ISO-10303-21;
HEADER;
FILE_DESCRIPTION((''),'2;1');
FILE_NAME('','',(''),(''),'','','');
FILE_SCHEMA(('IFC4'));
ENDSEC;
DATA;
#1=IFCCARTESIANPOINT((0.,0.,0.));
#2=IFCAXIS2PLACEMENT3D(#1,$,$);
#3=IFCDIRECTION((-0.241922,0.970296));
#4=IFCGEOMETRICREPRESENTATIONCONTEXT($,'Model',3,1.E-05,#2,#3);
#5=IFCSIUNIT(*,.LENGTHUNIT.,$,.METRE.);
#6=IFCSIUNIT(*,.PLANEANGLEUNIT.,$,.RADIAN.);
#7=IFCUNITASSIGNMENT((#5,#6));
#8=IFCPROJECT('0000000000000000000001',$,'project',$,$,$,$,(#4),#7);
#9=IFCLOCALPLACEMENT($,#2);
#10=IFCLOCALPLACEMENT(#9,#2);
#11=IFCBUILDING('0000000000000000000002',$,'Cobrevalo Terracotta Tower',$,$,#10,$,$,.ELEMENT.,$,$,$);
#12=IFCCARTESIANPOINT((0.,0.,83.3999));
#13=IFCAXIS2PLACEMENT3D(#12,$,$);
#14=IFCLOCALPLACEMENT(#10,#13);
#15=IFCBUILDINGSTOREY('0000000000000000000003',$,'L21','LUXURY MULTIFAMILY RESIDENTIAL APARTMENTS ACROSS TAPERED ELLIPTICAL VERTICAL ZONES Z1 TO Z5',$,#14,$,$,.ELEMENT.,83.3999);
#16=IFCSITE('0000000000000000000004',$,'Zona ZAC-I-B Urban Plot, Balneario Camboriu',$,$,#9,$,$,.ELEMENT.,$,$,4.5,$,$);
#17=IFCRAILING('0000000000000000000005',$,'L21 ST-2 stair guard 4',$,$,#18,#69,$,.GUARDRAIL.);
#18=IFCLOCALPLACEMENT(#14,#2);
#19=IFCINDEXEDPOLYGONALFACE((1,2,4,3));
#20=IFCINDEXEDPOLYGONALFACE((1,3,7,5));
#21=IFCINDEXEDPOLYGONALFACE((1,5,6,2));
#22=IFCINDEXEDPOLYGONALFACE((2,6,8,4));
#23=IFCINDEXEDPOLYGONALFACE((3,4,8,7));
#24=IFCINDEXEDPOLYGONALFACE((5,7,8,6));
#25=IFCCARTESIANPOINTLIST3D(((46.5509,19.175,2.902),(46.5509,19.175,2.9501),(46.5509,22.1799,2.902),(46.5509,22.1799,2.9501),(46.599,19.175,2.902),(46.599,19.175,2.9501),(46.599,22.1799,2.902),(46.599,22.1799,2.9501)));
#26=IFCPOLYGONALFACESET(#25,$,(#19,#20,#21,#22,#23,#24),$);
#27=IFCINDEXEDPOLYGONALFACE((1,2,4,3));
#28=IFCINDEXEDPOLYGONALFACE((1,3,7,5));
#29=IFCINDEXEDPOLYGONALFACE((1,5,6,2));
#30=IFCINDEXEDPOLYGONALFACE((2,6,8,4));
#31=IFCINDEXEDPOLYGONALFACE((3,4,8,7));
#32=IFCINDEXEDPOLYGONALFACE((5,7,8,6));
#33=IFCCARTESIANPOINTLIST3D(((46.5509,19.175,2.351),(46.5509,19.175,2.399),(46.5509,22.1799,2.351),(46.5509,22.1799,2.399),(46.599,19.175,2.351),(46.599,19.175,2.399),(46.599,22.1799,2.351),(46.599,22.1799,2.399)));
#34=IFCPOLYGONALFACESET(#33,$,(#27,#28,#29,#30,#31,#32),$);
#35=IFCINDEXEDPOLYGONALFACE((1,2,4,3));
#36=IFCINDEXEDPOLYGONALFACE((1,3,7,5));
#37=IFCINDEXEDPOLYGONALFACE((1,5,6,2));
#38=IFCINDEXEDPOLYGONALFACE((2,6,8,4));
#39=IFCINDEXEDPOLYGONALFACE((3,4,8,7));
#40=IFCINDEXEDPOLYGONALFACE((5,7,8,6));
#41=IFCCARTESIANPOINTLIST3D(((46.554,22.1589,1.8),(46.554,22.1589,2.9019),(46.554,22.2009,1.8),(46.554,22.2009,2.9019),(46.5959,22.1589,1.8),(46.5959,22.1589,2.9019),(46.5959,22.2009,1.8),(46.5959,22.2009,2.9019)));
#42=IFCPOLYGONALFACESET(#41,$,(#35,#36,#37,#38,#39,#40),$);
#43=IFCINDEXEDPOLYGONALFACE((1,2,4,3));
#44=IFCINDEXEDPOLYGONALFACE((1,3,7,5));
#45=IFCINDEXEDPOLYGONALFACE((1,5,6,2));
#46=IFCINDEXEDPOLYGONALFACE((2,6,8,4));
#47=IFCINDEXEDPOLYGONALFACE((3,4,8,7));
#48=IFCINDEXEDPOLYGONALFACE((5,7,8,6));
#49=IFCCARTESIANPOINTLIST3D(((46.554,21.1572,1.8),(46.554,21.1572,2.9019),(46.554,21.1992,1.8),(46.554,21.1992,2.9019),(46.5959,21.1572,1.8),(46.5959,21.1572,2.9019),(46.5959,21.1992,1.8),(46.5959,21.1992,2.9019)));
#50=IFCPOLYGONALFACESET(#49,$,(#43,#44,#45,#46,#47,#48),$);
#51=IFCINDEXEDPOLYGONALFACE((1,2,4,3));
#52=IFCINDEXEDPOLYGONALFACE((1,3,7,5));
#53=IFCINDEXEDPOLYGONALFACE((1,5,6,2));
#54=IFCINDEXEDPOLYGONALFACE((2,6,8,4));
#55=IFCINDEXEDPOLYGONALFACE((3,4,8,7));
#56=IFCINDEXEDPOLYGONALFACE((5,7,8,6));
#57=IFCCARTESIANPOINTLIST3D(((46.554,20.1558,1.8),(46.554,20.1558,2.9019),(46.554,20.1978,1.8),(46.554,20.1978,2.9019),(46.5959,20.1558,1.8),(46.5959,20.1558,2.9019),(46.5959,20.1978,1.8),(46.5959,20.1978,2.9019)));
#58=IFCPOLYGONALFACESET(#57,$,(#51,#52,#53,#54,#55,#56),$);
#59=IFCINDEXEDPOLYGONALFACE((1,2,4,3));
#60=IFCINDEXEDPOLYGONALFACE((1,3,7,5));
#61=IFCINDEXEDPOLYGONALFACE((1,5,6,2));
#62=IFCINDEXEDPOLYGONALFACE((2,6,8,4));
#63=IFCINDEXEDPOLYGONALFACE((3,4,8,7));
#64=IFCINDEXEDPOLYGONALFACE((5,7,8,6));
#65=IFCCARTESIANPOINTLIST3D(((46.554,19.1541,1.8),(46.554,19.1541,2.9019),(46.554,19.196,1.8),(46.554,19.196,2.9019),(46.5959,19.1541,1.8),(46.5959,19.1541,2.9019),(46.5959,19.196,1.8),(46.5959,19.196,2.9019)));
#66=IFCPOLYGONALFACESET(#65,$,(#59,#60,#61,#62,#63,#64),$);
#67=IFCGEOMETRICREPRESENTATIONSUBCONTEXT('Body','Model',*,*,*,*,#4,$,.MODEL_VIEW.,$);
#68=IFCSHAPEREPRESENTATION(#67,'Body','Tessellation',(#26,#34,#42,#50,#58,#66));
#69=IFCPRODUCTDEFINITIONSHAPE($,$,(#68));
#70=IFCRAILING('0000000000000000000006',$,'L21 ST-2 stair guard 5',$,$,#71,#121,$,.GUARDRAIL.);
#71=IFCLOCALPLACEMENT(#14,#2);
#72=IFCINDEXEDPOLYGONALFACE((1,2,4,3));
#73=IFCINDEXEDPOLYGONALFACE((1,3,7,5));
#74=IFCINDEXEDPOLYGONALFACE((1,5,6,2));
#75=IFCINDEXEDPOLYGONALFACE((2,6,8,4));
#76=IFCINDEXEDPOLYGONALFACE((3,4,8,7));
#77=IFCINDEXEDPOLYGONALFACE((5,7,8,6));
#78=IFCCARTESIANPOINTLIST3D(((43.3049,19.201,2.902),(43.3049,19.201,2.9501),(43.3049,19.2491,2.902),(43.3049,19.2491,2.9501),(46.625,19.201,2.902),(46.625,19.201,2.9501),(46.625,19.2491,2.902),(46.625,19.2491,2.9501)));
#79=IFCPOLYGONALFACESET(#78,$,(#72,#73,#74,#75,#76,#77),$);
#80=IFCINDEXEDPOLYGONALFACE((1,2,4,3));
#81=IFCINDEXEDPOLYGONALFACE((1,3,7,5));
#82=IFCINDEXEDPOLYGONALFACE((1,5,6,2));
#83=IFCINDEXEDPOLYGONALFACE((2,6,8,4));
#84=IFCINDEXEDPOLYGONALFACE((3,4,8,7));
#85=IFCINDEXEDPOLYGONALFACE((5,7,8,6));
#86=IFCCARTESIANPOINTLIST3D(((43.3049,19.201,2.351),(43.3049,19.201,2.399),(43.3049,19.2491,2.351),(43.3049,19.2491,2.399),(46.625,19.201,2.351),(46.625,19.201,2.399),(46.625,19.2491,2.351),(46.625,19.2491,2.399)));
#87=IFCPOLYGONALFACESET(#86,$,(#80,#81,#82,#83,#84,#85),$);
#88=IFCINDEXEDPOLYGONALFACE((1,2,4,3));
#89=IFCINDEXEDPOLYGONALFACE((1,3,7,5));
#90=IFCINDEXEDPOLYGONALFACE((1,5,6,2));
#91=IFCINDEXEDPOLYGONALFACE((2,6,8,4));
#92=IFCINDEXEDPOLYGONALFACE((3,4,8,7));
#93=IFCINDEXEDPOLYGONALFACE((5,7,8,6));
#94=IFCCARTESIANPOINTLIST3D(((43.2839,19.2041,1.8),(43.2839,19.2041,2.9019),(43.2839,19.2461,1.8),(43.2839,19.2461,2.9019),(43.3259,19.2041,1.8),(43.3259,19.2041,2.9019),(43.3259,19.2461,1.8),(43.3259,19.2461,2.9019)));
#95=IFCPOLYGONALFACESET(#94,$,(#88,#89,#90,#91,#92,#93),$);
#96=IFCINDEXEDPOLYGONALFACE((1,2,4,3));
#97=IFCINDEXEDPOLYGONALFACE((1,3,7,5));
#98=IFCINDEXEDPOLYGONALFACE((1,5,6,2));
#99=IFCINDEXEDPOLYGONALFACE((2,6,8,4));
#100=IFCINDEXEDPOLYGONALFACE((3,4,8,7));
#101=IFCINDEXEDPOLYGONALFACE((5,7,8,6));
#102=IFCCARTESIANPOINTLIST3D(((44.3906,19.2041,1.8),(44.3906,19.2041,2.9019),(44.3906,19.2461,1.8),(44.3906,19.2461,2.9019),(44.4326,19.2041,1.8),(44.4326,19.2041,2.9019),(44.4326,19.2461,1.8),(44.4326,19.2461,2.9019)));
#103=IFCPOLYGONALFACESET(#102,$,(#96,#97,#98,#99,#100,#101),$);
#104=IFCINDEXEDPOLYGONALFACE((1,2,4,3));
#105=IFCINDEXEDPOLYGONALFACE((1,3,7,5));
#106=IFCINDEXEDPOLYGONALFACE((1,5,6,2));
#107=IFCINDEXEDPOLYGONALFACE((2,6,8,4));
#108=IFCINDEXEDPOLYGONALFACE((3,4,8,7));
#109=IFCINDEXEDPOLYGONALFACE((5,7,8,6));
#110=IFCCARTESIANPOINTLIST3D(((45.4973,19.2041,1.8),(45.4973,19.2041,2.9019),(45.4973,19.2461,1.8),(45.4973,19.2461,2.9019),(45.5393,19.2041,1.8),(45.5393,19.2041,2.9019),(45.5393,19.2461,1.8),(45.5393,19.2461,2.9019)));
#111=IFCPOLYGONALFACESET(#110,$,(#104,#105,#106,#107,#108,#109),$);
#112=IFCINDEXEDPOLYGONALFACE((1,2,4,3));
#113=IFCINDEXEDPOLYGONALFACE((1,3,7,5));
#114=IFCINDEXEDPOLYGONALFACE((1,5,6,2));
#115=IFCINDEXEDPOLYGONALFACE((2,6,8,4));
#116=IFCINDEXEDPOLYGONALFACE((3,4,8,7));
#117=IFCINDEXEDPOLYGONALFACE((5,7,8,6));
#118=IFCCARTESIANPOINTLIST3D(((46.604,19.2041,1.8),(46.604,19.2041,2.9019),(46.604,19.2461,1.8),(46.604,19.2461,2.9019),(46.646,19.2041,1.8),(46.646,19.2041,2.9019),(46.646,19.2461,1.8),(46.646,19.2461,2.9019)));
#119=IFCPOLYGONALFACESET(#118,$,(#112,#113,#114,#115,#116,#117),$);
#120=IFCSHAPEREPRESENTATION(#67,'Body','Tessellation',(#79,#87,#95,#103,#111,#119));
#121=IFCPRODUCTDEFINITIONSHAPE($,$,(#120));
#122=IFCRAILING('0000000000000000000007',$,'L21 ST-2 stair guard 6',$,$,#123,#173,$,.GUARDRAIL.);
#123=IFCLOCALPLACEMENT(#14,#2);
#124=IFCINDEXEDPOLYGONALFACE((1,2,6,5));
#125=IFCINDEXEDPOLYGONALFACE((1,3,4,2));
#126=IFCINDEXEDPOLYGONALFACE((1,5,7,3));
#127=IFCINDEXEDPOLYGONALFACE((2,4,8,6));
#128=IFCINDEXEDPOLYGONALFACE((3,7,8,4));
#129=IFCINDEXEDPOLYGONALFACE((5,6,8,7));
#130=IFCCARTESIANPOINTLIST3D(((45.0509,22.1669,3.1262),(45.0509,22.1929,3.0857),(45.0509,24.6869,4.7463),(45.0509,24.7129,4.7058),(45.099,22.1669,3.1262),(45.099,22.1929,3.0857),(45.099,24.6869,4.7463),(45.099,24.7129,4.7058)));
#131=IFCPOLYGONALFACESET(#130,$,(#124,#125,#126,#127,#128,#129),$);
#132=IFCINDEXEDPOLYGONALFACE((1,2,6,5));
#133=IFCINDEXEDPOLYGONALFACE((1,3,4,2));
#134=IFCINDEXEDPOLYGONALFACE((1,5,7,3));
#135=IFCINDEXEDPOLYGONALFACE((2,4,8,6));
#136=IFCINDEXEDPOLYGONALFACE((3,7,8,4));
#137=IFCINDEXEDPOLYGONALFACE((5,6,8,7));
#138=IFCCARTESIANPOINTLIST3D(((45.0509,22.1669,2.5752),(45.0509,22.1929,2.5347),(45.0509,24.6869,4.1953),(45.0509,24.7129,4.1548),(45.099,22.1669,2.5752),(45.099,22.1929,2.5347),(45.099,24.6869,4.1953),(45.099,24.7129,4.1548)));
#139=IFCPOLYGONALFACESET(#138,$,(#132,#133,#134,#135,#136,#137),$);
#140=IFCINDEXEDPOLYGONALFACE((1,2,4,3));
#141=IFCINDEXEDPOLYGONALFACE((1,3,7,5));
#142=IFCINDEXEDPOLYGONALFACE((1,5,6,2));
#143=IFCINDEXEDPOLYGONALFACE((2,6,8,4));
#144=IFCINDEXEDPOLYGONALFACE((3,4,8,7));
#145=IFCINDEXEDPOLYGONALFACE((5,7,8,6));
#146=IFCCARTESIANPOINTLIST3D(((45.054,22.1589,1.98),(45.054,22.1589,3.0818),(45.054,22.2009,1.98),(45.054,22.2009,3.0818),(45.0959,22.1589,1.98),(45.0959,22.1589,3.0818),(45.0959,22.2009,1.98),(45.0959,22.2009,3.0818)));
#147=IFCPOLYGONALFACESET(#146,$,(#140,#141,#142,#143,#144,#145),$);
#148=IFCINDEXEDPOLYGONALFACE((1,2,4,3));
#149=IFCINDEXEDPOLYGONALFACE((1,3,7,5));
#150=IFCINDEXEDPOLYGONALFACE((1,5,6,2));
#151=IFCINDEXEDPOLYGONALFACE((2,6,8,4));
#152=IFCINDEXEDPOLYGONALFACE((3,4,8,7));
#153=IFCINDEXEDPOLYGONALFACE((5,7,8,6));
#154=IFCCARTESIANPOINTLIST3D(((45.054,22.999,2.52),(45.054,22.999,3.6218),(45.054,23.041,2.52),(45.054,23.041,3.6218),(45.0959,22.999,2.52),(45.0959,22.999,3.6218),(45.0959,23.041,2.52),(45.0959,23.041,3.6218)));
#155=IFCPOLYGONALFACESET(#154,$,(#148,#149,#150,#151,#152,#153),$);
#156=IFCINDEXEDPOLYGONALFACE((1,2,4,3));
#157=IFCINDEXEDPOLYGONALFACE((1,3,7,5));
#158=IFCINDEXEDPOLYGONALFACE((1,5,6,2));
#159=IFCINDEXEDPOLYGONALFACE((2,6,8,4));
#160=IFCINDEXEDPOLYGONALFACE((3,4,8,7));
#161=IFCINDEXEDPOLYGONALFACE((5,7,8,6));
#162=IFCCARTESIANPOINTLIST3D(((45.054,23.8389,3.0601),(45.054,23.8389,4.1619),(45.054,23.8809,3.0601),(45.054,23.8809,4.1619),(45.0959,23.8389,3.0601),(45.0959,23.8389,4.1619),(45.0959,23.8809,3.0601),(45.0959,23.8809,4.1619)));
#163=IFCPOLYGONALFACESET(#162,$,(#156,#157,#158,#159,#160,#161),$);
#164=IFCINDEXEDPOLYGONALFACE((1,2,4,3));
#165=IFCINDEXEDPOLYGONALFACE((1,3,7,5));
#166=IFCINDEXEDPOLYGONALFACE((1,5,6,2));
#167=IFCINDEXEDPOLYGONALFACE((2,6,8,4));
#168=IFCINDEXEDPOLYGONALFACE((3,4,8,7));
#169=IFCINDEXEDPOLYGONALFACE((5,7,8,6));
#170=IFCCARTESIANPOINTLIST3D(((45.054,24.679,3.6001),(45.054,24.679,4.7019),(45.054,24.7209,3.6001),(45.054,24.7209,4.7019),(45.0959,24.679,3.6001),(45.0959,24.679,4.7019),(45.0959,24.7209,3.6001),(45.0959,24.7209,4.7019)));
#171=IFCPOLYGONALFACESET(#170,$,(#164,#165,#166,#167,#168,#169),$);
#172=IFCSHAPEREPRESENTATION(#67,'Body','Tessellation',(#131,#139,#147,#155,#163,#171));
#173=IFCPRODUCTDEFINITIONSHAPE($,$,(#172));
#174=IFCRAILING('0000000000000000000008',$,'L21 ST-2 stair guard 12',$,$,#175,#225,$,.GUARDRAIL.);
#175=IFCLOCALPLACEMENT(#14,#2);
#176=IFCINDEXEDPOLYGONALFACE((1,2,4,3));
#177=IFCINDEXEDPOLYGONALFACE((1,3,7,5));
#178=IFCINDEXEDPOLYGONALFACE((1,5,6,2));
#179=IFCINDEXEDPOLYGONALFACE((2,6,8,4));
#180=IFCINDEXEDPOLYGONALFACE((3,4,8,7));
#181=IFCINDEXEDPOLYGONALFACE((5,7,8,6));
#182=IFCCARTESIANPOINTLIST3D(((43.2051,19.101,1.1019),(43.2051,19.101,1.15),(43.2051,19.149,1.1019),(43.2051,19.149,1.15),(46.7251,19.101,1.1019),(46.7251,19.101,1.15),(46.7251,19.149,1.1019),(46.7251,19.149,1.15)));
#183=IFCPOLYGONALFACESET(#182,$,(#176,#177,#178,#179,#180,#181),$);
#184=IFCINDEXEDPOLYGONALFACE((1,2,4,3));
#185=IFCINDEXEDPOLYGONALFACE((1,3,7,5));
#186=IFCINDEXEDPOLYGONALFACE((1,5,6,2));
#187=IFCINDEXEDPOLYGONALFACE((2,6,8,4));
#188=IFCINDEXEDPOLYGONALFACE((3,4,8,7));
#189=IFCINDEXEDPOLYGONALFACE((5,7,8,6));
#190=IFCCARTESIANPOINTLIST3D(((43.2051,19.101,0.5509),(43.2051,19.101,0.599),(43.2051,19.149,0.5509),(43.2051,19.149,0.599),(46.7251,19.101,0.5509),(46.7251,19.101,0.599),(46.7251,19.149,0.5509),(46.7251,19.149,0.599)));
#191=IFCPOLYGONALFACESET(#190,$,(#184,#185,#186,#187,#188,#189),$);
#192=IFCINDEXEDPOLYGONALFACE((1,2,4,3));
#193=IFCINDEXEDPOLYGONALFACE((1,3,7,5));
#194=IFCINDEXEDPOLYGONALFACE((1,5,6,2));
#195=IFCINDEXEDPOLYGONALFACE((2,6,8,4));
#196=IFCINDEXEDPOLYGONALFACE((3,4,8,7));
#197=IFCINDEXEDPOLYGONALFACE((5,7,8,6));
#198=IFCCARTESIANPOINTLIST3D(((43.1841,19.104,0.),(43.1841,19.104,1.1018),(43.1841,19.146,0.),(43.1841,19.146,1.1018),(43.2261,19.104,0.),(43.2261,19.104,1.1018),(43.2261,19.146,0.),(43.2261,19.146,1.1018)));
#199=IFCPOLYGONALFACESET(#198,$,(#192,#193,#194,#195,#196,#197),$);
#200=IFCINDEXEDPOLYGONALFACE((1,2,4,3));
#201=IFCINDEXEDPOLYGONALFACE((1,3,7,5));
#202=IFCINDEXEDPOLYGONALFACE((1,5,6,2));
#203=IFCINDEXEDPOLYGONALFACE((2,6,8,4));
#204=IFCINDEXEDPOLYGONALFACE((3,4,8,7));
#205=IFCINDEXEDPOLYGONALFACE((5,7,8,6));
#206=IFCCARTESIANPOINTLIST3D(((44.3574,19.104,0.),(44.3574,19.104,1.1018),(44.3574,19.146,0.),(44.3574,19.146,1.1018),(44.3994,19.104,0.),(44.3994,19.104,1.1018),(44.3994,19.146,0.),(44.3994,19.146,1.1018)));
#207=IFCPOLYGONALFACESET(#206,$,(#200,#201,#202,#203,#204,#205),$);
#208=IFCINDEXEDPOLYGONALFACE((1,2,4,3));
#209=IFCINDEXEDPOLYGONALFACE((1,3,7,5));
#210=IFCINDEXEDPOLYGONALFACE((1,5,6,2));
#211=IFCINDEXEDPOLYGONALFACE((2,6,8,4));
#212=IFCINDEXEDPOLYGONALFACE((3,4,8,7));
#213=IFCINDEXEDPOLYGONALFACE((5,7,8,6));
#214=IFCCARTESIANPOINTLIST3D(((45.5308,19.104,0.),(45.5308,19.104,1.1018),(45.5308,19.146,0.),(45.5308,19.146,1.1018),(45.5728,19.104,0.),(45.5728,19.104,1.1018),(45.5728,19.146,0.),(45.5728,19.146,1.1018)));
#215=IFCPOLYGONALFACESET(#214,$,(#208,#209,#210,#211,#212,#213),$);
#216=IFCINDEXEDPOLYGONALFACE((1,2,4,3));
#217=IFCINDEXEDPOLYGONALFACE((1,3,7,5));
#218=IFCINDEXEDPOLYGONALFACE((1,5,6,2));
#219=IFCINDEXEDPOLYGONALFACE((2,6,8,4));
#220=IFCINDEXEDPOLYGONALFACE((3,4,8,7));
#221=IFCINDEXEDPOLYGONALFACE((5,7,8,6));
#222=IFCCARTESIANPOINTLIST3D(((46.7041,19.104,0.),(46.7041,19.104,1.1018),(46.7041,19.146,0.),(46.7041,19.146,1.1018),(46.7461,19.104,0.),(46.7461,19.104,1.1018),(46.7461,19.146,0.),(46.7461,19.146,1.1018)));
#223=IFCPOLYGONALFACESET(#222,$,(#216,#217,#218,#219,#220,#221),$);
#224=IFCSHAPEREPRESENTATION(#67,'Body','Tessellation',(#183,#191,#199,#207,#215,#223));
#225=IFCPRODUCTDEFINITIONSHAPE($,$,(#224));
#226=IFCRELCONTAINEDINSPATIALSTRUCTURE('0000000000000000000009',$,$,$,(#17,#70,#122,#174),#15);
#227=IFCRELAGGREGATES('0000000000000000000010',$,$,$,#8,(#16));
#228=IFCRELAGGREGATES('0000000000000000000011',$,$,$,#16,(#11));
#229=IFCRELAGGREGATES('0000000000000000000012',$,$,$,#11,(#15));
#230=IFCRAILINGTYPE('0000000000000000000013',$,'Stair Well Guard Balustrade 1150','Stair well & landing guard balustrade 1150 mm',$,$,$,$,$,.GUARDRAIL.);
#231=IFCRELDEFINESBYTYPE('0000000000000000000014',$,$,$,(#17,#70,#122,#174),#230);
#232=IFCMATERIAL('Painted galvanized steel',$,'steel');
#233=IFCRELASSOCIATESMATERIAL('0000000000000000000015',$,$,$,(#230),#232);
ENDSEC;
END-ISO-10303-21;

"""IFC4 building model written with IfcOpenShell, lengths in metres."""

from ifc_helpers import new_model, si_unit, direction, frame, origin, origin_2d, place, context, subcontext, project, spatial, rectangle, extrude, material, type_object, element, save


model = new_model("IFC4")

# Units and contexts
model_context = context("Model", 3, precision=1e-05, world=origin(), true_north=direction((-0.241922, 0.970296)))
body_context = subcontext(model_context, "Body", "Model", "MODEL_VIEW")
ifc_project = project(units=[si_unit("LENGTHUNIT", "METRE"), si_unit("PLANEANGLEUNIT", "RADIAN")], contexts=[model_context])

# Site, building, storey
site_placement = place(None, origin())
site = spatial("IfcSite", under=ifc_project, at=site_placement, Name="Zona ZAC-I-B Urban Plot, Balneario Camboriu", CompositionType="ELEMENT", RefElevation=4.5)
building_placement = place(site_placement, origin())
building = spatial("IfcBuilding", under=site, at=building_placement, Name="Cobrevalo Terracotta Tower", CompositionType="ELEMENT")
storey_placement = place(building_placement, frame((0.0, 0.0, 83.3999)))
storey = spatial("IfcBuildingStorey", under=building, at=storey_placement, Name="L21", Description="LUXURY MULTIFAMILY RESIDENTIAL APARTMENTS ACROSS TAPERED ELLIPTICAL VERTICAL ZONES Z1 TO Z5", CompositionType="ELEMENT", Elevation=83.3999)

# Railings
ifc_material_1 = material(Name="Painted galvanized steel", Category="steel")
railing_type_1 = type_object("IfcRailingType", Name="Stair Well Guard Balustrade 1150", Description="Stair well & landing guard balustrade 1150 mm", PredefinedType="GUARDRAIL", material=ifc_material_1)
for number, where, name in (
    (1, (46.575, 22.1799, 1.8), "L21 ST-2 stair guard 4"),
):
    element("IfcRailing", number, at=place(storey_placement, frame(where)), inside=storey, type_object=railing_type_1, Name=name, PredefinedType="GUARDRAIL", context=body_context, shape_type="SweptSolid", body=[
        extrude(rectangle(XDim=0.0481, YDim=0.0481, at=origin_2d()), frame((0.0, 0.0, 1.126), z_axis=(0.0, -1.0, 0.0), x_axis=(1.0, 0.0, 0.0)), (0.0, 0.0, 1.0), 3.0049),
        extrude(rectangle(XDim=0.0481, YDim=0.0481, at=origin_2d()), frame((0.0, 0.0, 0.575), z_axis=(0.0, -1.0, 0.0), x_axis=(1.0, 0.0, 0.0)), (0.0, 0.0, 1.0), 3.0049),
        extrude(rectangle(XDim=0.042, YDim=0.042, at=origin_2d()), origin(), (0.0, 0.0, 1.0), 1.1018),
        extrude(rectangle(XDim=0.042, YDim=0.042, at=origin_2d()), frame((0.0, -1.0017, 0.0)), (0.0, 0.0, 1.0), 1.1018),
        extrude(rectangle(XDim=0.042, YDim=0.042, at=origin_2d()), frame((0.0, -2.0032, 0.0)), (0.0, 0.0, 1.0), 1.1018),
        extrude(rectangle(XDim=0.042, YDim=0.042, at=origin_2d()), frame((0.0, -3.0049, 0.0)), (0.0, 0.0, 1.0), 1.1018),
    ])
railing_1_placement = place(storey_placement, frame((43.3049, 19.2251, 1.8)))
element("IfcRailing", 2, at=railing_1_placement, inside=storey, type_object=railing_type_1, Name="L21 ST-2 stair guard 5", PredefinedType="GUARDRAIL", context=body_context, shape_type="SweptSolid", body=[
    extrude(rectangle(XDim=0.0481, YDim=0.0481, at=origin_2d()), frame((0.0, 0.0, 1.126), z_axis=(1.0, 0.0, 0.0), x_axis=(0.0, 1.0, 0.0)), (0.0, 0.0, 1.0), 3.3201),
    extrude(rectangle(XDim=0.0481, YDim=0.0481, at=origin_2d()), frame((0.0, 0.0, 0.575), z_axis=(1.0, 0.0, 0.0), x_axis=(0.0, 1.0, 0.0)), (0.0, 0.0, 1.0), 3.3201),
    extrude(rectangle(XDim=0.042, YDim=0.042, at=origin_2d()), origin(), (0.0, 0.0, 1.0), 1.1018),
    extrude(rectangle(XDim=0.042, YDim=0.042, at=origin_2d()), frame((1.1067, 0.0, 0.0)), (0.0, 0.0, 1.0), 1.1018),
    extrude(rectangle(XDim=0.042, YDim=0.042, at=origin_2d()), frame((2.2134, 0.0, 0.0)), (0.0, 0.0, 1.0), 1.1018),
    extrude(rectangle(XDim=0.042, YDim=0.042, at=origin_2d()), frame((3.3201, 0.0, 0.0)), (0.0, 0.0, 1.0), 1.1018),
])
railing_2_placement = place(storey_placement, frame((45.075, 22.1799, 1.98)))
element("IfcRailing", 3, at=railing_2_placement, inside=storey, type_object=railing_type_1, Name="L21 ST-2 stair guard 6", PredefinedType="GUARDRAIL", context=body_context, shape_type="SweptSolid", body=[
    extrude(rectangle(XDim=0.0481, YDim=0.0481, at=origin_2d()), frame((0.0, 0.0, 1.126), z_axis=(0.0, 0.841163, 0.540782), x_axis=(-1.0, 0.0, 0.0)), (0.0, 0.0, 1.0), 2.9958),
    extrude(rectangle(XDim=0.0481, YDim=0.0481, at=origin_2d()), frame((0.0, 0.0, 0.575), z_axis=(0.0, 0.841163, 0.540782), x_axis=(-1.0, 0.0, 0.0)), (0.0, 0.0, 1.0), 2.9958),
    extrude(rectangle(XDim=0.042, YDim=0.042, at=origin_2d()), origin(), (0.0, 0.0, 1.0), 1.1018),
    extrude(rectangle(XDim=0.042, YDim=0.042, at=origin_2d()), frame((0.0, 0.8401, 0.54)), (0.0, 0.0, 1.0), 1.1018),
    extrude(rectangle(XDim=0.042, YDim=0.042, at=origin_2d()), frame((0.0, 1.6799, 1.0801)), (0.0, 0.0, 1.0), 1.1018),
    extrude(rectangle(XDim=0.042, YDim=0.042, at=origin_2d()), frame((0.0, 2.52, 1.6201)), (0.0, 0.0, 1.0), 1.1018),
])
railing_3_placement = place(storey_placement, frame((43.2051, 19.125, 0.0)))
element("IfcRailing", 4, at=railing_3_placement, inside=storey, type_object=railing_type_1, Name="L21 ST-2 stair guard 12", PredefinedType="GUARDRAIL", context=body_context, shape_type="SweptSolid", body=[
    extrude(rectangle(XDim=0.0481, YDim=0.0481, at=origin_2d()), frame((0.0, 0.0, 1.126), z_axis=(1.0, 0.0, 0.0), x_axis=(0.0, 1.0, 0.0)), (0.0, 0.0, 1.0), 3.52),
    extrude(rectangle(XDim=0.0481, YDim=0.0481, at=origin_2d()), frame((0.0, 0.0, 0.575), z_axis=(1.0, 0.0, 0.0), x_axis=(0.0, 1.0, 0.0)), (0.0, 0.0, 1.0), 3.52),
    extrude(rectangle(XDim=0.042, YDim=0.042, at=origin_2d()), origin(), (0.0, 0.0, 1.0), 1.1018),
    extrude(rectangle(XDim=0.042, YDim=0.042, at=origin_2d()), frame((1.1733, 0.0, 0.0)), (0.0, 0.0, 1.0), 1.1018),
    extrude(rectangle(XDim=0.042, YDim=0.042, at=origin_2d()), frame((2.3467, 0.0, 0.0)), (0.0, 0.0, 1.0), 1.1018),
    extrude(rectangle(XDim=0.042, YDim=0.042, at=origin_2d()), frame((3.52, 0.0, 0.0)), (0.0, 0.0, 1.0), 1.1018),
])

save(model, "model.ifc")
